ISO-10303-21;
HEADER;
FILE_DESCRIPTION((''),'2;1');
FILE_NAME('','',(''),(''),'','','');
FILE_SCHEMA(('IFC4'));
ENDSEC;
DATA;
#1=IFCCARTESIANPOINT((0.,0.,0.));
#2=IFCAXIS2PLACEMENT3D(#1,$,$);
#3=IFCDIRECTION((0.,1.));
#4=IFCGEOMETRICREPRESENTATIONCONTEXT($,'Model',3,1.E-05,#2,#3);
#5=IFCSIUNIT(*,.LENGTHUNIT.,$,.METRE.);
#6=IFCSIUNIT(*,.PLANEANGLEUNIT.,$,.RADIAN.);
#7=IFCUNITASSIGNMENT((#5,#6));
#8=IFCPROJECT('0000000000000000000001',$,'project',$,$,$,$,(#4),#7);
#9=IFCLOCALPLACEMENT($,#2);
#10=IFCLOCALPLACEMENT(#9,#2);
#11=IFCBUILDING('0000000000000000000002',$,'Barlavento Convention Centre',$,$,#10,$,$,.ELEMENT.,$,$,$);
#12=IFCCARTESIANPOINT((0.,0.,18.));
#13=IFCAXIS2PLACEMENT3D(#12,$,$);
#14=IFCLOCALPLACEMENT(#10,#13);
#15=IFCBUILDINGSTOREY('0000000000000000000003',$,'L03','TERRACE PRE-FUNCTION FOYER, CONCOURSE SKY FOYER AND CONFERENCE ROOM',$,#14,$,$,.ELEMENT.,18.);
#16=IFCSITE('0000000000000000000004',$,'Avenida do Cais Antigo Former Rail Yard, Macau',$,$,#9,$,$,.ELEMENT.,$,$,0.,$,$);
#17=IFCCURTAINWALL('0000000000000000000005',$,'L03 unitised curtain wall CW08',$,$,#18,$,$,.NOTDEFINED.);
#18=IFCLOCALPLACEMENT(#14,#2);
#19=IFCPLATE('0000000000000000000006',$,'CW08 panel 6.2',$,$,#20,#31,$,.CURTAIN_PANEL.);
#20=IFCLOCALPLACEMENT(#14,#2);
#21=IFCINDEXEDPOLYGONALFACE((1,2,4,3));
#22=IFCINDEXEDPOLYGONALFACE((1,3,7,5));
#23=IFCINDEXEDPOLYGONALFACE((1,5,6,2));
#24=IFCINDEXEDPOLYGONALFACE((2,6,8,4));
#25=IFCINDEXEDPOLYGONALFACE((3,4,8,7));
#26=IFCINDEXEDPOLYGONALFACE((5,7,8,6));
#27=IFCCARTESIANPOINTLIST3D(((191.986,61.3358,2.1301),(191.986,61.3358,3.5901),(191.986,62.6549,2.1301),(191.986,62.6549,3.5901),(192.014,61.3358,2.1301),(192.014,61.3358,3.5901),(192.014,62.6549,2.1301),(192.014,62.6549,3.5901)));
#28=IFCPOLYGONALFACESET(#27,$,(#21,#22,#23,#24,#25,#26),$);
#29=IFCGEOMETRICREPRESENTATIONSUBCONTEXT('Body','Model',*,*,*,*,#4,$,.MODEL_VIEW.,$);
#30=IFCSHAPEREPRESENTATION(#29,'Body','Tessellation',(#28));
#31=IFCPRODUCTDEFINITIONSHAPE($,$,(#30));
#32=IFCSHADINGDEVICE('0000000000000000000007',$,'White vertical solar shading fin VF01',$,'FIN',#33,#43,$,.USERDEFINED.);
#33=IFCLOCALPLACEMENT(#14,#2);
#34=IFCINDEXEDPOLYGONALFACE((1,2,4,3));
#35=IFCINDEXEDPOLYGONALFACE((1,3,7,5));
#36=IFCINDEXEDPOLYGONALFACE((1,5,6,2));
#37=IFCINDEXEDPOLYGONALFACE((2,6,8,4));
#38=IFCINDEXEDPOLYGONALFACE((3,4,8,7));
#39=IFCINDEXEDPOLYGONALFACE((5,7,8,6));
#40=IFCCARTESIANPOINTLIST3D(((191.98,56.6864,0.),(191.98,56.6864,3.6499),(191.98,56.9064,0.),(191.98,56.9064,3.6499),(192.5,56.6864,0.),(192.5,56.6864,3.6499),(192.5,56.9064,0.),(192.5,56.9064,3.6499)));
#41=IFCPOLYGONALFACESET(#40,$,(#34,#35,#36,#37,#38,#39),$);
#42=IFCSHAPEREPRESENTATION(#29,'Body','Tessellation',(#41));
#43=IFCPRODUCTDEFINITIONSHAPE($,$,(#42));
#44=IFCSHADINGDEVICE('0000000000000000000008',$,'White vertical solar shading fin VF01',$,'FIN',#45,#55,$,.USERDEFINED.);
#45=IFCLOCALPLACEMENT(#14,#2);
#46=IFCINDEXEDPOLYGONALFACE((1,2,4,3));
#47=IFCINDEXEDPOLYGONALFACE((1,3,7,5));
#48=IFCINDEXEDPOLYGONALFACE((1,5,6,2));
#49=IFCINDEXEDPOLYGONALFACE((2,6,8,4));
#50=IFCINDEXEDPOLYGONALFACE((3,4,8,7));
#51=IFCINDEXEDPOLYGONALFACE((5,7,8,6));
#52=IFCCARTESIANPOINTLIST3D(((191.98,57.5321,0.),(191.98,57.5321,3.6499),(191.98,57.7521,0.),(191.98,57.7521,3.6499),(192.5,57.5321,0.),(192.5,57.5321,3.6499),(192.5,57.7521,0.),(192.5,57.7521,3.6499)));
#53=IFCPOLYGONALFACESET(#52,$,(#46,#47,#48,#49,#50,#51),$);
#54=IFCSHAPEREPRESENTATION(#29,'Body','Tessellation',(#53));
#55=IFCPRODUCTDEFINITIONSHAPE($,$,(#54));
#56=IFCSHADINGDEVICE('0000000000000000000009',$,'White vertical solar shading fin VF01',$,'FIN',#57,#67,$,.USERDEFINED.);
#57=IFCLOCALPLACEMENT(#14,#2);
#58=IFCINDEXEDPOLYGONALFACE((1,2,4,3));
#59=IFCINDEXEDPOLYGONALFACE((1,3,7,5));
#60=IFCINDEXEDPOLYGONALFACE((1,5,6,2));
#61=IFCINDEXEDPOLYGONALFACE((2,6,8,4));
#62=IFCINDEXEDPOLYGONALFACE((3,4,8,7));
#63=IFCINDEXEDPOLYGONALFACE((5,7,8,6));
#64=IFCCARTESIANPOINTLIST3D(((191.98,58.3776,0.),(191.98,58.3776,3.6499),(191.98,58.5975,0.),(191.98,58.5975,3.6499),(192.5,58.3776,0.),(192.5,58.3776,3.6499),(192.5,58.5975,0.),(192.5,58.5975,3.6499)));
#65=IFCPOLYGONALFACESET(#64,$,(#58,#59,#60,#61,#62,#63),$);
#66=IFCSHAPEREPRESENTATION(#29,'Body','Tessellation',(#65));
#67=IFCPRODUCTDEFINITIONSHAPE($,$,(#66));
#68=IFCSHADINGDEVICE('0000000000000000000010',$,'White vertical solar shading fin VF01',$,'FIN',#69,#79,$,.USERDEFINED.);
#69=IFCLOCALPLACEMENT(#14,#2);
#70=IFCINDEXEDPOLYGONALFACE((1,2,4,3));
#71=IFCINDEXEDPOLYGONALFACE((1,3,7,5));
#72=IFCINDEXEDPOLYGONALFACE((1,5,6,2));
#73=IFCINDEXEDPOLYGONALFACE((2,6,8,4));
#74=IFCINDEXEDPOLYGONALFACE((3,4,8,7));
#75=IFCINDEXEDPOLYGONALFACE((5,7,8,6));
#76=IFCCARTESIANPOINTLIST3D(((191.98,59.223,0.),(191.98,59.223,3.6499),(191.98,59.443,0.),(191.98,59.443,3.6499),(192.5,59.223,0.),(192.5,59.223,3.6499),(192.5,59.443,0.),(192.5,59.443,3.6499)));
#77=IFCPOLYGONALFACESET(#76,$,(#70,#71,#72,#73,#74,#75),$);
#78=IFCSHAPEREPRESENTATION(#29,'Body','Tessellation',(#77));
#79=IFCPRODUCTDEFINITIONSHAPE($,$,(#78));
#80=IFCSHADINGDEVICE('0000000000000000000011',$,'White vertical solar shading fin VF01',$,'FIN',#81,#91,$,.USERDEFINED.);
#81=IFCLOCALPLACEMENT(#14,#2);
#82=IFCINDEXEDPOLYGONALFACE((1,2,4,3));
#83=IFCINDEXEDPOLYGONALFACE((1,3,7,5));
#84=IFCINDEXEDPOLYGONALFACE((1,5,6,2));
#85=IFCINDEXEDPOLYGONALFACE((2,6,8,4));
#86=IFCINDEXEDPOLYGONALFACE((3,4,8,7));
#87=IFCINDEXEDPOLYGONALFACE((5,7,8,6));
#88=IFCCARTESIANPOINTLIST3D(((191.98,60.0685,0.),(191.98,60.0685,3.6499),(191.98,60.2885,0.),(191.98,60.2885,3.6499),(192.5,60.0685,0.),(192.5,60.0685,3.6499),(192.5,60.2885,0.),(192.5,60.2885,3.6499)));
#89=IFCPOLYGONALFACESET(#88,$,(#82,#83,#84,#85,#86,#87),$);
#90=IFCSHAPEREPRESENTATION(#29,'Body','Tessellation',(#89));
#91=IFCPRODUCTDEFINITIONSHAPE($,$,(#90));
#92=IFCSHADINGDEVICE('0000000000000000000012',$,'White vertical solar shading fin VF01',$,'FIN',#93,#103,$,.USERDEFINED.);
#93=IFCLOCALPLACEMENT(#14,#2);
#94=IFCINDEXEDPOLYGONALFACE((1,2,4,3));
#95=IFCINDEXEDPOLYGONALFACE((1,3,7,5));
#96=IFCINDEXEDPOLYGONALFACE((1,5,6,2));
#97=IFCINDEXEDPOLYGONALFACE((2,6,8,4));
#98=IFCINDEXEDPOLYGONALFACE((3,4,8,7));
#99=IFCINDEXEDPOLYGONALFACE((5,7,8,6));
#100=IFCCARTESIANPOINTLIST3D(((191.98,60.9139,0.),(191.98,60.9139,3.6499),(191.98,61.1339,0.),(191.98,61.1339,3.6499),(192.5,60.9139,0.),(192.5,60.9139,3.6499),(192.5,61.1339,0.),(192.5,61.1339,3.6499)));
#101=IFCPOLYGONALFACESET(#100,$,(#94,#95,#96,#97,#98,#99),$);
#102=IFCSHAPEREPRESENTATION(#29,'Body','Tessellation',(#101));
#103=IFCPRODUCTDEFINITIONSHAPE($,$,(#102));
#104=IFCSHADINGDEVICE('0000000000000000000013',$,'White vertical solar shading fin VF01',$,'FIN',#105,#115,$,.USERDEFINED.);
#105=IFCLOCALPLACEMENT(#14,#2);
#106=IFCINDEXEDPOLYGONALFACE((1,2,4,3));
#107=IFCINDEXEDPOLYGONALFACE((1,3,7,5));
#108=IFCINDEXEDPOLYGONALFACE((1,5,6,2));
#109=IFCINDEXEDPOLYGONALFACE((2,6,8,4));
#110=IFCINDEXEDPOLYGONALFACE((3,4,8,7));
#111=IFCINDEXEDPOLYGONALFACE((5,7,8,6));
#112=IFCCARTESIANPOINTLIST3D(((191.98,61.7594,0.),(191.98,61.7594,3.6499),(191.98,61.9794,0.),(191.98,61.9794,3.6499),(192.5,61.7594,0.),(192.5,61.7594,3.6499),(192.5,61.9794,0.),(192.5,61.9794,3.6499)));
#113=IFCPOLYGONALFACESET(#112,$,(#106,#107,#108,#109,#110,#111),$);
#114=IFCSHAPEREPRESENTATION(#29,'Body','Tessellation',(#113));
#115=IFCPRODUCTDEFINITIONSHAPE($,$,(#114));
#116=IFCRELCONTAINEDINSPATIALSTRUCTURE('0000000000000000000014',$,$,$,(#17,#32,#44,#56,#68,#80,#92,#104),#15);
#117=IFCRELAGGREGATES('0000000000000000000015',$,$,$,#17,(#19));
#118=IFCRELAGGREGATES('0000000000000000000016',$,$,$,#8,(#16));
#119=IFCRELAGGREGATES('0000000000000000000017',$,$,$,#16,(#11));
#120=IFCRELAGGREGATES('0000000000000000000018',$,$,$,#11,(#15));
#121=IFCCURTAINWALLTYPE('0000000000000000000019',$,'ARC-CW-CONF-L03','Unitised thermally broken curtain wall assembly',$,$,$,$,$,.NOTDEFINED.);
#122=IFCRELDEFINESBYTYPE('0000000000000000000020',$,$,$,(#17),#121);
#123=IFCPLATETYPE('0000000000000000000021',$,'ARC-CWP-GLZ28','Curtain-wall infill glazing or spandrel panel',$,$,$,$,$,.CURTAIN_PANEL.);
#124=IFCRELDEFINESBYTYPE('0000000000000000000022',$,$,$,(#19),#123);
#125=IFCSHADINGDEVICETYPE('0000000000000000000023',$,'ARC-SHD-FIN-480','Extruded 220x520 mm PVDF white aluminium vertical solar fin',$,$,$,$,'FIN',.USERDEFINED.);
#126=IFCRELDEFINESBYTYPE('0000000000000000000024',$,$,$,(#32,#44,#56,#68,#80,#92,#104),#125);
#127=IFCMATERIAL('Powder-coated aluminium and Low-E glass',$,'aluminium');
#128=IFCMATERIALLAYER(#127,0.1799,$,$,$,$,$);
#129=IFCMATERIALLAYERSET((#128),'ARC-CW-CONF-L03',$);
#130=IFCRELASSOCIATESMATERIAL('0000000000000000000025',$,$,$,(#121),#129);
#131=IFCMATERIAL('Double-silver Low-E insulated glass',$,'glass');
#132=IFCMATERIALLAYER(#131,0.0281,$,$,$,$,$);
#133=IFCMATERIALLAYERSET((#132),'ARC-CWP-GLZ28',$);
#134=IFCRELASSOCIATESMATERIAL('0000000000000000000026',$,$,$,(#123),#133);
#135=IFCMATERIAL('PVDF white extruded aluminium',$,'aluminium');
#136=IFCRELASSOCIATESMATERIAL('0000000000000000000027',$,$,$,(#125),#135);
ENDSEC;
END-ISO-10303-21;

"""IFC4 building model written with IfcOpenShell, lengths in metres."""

from ifc_helpers import new_model, si_unit, direction, frame, origin, origin_2d, place, context, subcontext, project, spatial, rectangle, extrude, material, layer, layer_set, type_object, element, aggregate, save


model = new_model("IFC4")

# Units and contexts
model_context = context("Model", 3, precision=1e-05, world=origin(), true_north=direction((0.0, 1.0)))
body_context = subcontext(model_context, "Body", "Model", "MODEL_VIEW")
ifc_project = project(units=[si_unit("LENGTHUNIT", "METRE"), si_unit("PLANEANGLEUNIT", "RADIAN")], contexts=[model_context])

# Site, building, storey
site_placement = place(None, origin())
site = spatial("IfcSite", under=ifc_project, at=site_placement, Name="Avenida do Cais Antigo Former Rail Yard, Macau", CompositionType="ELEMENT", RefElevation=0.0)
building_placement = place(site_placement, origin())
building = spatial("IfcBuilding", under=site, at=building_placement, Name="Barlavento Convention Centre", CompositionType="ELEMENT")
storey_placement = place(building_placement, frame((0.0, 0.0, 18.0)))
storey = spatial("IfcBuildingStorey", under=building, at=storey_placement, Name="L03", Description="TERRACE PRE-FUNCTION FOYER, CONCOURSE SKY FOYER AND CONFERENCE ROOM", CompositionType="ELEMENT", Elevation=18.0)

# Curtain wall, plate
ifc_material_1 = material(Name="Powder-coated aluminium and Low-E glass", Category="aluminium")
ifc_layer_1 = layer(ifc_material_1, 0.1799)
ifc_layer_set_1 = layer_set([ifc_layer_1], Name="ARC-CW-CONF-L03")
curtain_wall_type = type_object("IfcCurtainWallType", Name="ARC-CW-CONF-L03", Description="Unitised thermally broken curtain wall assembly", PredefinedType="NOTDEFINED", material=ifc_layer_set_1)
curtain_wall_placement = place(storey_placement, origin())
curtain_wall = element("IfcCurtainWall", 1, at=curtain_wall_placement, inside=storey, type_object=curtain_wall_type, Name="L03 unitised curtain wall CW08", PredefinedType="NOTDEFINED")
ifc_material_2 = material(Name="Double-silver Low-E insulated glass", Category="glass")
ifc_layer_2 = layer(ifc_material_2, 0.0281)
ifc_layer_set_2 = layer_set([ifc_layer_2], Name="ARC-CWP-GLZ28")
plate_type = type_object("IfcPlateType", Name="ARC-CWP-GLZ28", Description="Curtain-wall infill glazing or spandrel panel", PredefinedType="CURTAIN_PANEL", material=ifc_layer_set_2)
plate_1_placement = place(storey_placement, frame((192.0, 61.9954, 2.1301), z_axis=(0.0, 0.0, 1.0), x_axis=(0.0, 1.0, 0.0)))
plate_1 = element("IfcPlate", 2, at=plate_1_placement, type_object=plate_type, Name="CW08 panel 6.2", PredefinedType="CURTAIN_PANEL", context=body_context, shape_type="SweptSolid", body=[
    extrude(rectangle(XDim=1.3191, YDim=0.0281, at=origin_2d()), origin(), (0.0, 0.0, 1.0), 1.46),
])
aggregate(curtain_wall, [plate_1])

# Shading devices
ifc_material_3 = material(Name="PVDF white extruded aluminium", Category="aluminium")
shading_device_type = type_object("IfcShadingDeviceType", Name="ARC-SHD-FIN-480", Description="Extruded 220x520 mm PVDF white aluminium vertical solar fin", ElementType="FIN", PredefinedType="USERDEFINED", material=ifc_material_3)
for number, where, z_axis, x_axis, name in (
    (3, (192.24, 56.7964, 0.0), (0.0, 0.0, 1.0), (0.0, 1.0, 0.0), "White vertical solar shading fin VF01"),
    (4, (192.24, 57.6421, 0.0), (0.0, 0.0, 1.0), (0.0, 1.0, 0.0), "White vertical solar shading fin VF01"),
    (5, (192.24, 58.4875, 0.0), (0.0, 0.0, 1.0), (0.0, 1.0, 0.0), "White vertical solar shading fin VF01"),
    (6, (192.24, 59.333, 0.0), (0.0, 0.0, 1.0), (0.0, 1.0, 0.0), "White vertical solar shading fin VF01"),
    (7, (192.24, 60.1785, 0.0), (0.0, 0.0, 1.0), (0.0, 1.0, 0.0), "White vertical solar shading fin VF01"),
    (8, (192.24, 61.0239, 0.0), (0.0, 0.0, 1.0), (0.0, 1.0, 0.0), "White vertical solar shading fin VF01"),
    (9, (192.24, 61.8694, 0.0), (0.0, 0.0, 1.0), (0.0, 1.0, 0.0), "White vertical solar shading fin VF01"),
):
    element("IfcShadingDevice", number, at=place(storey_placement, frame(where, z_axis=z_axis, x_axis=x_axis)), inside=storey, type_object=shading_device_type, Name=name, ObjectType="FIN", PredefinedType="USERDEFINED", context=body_context, shape_type="SweptSolid", body=[
        extrude(rectangle(XDim=0.22, YDim=0.52, at=origin_2d()), origin(), (0.0, 0.0, 1.0), 3.6499),
    ])

save(model, "model.ifc")
